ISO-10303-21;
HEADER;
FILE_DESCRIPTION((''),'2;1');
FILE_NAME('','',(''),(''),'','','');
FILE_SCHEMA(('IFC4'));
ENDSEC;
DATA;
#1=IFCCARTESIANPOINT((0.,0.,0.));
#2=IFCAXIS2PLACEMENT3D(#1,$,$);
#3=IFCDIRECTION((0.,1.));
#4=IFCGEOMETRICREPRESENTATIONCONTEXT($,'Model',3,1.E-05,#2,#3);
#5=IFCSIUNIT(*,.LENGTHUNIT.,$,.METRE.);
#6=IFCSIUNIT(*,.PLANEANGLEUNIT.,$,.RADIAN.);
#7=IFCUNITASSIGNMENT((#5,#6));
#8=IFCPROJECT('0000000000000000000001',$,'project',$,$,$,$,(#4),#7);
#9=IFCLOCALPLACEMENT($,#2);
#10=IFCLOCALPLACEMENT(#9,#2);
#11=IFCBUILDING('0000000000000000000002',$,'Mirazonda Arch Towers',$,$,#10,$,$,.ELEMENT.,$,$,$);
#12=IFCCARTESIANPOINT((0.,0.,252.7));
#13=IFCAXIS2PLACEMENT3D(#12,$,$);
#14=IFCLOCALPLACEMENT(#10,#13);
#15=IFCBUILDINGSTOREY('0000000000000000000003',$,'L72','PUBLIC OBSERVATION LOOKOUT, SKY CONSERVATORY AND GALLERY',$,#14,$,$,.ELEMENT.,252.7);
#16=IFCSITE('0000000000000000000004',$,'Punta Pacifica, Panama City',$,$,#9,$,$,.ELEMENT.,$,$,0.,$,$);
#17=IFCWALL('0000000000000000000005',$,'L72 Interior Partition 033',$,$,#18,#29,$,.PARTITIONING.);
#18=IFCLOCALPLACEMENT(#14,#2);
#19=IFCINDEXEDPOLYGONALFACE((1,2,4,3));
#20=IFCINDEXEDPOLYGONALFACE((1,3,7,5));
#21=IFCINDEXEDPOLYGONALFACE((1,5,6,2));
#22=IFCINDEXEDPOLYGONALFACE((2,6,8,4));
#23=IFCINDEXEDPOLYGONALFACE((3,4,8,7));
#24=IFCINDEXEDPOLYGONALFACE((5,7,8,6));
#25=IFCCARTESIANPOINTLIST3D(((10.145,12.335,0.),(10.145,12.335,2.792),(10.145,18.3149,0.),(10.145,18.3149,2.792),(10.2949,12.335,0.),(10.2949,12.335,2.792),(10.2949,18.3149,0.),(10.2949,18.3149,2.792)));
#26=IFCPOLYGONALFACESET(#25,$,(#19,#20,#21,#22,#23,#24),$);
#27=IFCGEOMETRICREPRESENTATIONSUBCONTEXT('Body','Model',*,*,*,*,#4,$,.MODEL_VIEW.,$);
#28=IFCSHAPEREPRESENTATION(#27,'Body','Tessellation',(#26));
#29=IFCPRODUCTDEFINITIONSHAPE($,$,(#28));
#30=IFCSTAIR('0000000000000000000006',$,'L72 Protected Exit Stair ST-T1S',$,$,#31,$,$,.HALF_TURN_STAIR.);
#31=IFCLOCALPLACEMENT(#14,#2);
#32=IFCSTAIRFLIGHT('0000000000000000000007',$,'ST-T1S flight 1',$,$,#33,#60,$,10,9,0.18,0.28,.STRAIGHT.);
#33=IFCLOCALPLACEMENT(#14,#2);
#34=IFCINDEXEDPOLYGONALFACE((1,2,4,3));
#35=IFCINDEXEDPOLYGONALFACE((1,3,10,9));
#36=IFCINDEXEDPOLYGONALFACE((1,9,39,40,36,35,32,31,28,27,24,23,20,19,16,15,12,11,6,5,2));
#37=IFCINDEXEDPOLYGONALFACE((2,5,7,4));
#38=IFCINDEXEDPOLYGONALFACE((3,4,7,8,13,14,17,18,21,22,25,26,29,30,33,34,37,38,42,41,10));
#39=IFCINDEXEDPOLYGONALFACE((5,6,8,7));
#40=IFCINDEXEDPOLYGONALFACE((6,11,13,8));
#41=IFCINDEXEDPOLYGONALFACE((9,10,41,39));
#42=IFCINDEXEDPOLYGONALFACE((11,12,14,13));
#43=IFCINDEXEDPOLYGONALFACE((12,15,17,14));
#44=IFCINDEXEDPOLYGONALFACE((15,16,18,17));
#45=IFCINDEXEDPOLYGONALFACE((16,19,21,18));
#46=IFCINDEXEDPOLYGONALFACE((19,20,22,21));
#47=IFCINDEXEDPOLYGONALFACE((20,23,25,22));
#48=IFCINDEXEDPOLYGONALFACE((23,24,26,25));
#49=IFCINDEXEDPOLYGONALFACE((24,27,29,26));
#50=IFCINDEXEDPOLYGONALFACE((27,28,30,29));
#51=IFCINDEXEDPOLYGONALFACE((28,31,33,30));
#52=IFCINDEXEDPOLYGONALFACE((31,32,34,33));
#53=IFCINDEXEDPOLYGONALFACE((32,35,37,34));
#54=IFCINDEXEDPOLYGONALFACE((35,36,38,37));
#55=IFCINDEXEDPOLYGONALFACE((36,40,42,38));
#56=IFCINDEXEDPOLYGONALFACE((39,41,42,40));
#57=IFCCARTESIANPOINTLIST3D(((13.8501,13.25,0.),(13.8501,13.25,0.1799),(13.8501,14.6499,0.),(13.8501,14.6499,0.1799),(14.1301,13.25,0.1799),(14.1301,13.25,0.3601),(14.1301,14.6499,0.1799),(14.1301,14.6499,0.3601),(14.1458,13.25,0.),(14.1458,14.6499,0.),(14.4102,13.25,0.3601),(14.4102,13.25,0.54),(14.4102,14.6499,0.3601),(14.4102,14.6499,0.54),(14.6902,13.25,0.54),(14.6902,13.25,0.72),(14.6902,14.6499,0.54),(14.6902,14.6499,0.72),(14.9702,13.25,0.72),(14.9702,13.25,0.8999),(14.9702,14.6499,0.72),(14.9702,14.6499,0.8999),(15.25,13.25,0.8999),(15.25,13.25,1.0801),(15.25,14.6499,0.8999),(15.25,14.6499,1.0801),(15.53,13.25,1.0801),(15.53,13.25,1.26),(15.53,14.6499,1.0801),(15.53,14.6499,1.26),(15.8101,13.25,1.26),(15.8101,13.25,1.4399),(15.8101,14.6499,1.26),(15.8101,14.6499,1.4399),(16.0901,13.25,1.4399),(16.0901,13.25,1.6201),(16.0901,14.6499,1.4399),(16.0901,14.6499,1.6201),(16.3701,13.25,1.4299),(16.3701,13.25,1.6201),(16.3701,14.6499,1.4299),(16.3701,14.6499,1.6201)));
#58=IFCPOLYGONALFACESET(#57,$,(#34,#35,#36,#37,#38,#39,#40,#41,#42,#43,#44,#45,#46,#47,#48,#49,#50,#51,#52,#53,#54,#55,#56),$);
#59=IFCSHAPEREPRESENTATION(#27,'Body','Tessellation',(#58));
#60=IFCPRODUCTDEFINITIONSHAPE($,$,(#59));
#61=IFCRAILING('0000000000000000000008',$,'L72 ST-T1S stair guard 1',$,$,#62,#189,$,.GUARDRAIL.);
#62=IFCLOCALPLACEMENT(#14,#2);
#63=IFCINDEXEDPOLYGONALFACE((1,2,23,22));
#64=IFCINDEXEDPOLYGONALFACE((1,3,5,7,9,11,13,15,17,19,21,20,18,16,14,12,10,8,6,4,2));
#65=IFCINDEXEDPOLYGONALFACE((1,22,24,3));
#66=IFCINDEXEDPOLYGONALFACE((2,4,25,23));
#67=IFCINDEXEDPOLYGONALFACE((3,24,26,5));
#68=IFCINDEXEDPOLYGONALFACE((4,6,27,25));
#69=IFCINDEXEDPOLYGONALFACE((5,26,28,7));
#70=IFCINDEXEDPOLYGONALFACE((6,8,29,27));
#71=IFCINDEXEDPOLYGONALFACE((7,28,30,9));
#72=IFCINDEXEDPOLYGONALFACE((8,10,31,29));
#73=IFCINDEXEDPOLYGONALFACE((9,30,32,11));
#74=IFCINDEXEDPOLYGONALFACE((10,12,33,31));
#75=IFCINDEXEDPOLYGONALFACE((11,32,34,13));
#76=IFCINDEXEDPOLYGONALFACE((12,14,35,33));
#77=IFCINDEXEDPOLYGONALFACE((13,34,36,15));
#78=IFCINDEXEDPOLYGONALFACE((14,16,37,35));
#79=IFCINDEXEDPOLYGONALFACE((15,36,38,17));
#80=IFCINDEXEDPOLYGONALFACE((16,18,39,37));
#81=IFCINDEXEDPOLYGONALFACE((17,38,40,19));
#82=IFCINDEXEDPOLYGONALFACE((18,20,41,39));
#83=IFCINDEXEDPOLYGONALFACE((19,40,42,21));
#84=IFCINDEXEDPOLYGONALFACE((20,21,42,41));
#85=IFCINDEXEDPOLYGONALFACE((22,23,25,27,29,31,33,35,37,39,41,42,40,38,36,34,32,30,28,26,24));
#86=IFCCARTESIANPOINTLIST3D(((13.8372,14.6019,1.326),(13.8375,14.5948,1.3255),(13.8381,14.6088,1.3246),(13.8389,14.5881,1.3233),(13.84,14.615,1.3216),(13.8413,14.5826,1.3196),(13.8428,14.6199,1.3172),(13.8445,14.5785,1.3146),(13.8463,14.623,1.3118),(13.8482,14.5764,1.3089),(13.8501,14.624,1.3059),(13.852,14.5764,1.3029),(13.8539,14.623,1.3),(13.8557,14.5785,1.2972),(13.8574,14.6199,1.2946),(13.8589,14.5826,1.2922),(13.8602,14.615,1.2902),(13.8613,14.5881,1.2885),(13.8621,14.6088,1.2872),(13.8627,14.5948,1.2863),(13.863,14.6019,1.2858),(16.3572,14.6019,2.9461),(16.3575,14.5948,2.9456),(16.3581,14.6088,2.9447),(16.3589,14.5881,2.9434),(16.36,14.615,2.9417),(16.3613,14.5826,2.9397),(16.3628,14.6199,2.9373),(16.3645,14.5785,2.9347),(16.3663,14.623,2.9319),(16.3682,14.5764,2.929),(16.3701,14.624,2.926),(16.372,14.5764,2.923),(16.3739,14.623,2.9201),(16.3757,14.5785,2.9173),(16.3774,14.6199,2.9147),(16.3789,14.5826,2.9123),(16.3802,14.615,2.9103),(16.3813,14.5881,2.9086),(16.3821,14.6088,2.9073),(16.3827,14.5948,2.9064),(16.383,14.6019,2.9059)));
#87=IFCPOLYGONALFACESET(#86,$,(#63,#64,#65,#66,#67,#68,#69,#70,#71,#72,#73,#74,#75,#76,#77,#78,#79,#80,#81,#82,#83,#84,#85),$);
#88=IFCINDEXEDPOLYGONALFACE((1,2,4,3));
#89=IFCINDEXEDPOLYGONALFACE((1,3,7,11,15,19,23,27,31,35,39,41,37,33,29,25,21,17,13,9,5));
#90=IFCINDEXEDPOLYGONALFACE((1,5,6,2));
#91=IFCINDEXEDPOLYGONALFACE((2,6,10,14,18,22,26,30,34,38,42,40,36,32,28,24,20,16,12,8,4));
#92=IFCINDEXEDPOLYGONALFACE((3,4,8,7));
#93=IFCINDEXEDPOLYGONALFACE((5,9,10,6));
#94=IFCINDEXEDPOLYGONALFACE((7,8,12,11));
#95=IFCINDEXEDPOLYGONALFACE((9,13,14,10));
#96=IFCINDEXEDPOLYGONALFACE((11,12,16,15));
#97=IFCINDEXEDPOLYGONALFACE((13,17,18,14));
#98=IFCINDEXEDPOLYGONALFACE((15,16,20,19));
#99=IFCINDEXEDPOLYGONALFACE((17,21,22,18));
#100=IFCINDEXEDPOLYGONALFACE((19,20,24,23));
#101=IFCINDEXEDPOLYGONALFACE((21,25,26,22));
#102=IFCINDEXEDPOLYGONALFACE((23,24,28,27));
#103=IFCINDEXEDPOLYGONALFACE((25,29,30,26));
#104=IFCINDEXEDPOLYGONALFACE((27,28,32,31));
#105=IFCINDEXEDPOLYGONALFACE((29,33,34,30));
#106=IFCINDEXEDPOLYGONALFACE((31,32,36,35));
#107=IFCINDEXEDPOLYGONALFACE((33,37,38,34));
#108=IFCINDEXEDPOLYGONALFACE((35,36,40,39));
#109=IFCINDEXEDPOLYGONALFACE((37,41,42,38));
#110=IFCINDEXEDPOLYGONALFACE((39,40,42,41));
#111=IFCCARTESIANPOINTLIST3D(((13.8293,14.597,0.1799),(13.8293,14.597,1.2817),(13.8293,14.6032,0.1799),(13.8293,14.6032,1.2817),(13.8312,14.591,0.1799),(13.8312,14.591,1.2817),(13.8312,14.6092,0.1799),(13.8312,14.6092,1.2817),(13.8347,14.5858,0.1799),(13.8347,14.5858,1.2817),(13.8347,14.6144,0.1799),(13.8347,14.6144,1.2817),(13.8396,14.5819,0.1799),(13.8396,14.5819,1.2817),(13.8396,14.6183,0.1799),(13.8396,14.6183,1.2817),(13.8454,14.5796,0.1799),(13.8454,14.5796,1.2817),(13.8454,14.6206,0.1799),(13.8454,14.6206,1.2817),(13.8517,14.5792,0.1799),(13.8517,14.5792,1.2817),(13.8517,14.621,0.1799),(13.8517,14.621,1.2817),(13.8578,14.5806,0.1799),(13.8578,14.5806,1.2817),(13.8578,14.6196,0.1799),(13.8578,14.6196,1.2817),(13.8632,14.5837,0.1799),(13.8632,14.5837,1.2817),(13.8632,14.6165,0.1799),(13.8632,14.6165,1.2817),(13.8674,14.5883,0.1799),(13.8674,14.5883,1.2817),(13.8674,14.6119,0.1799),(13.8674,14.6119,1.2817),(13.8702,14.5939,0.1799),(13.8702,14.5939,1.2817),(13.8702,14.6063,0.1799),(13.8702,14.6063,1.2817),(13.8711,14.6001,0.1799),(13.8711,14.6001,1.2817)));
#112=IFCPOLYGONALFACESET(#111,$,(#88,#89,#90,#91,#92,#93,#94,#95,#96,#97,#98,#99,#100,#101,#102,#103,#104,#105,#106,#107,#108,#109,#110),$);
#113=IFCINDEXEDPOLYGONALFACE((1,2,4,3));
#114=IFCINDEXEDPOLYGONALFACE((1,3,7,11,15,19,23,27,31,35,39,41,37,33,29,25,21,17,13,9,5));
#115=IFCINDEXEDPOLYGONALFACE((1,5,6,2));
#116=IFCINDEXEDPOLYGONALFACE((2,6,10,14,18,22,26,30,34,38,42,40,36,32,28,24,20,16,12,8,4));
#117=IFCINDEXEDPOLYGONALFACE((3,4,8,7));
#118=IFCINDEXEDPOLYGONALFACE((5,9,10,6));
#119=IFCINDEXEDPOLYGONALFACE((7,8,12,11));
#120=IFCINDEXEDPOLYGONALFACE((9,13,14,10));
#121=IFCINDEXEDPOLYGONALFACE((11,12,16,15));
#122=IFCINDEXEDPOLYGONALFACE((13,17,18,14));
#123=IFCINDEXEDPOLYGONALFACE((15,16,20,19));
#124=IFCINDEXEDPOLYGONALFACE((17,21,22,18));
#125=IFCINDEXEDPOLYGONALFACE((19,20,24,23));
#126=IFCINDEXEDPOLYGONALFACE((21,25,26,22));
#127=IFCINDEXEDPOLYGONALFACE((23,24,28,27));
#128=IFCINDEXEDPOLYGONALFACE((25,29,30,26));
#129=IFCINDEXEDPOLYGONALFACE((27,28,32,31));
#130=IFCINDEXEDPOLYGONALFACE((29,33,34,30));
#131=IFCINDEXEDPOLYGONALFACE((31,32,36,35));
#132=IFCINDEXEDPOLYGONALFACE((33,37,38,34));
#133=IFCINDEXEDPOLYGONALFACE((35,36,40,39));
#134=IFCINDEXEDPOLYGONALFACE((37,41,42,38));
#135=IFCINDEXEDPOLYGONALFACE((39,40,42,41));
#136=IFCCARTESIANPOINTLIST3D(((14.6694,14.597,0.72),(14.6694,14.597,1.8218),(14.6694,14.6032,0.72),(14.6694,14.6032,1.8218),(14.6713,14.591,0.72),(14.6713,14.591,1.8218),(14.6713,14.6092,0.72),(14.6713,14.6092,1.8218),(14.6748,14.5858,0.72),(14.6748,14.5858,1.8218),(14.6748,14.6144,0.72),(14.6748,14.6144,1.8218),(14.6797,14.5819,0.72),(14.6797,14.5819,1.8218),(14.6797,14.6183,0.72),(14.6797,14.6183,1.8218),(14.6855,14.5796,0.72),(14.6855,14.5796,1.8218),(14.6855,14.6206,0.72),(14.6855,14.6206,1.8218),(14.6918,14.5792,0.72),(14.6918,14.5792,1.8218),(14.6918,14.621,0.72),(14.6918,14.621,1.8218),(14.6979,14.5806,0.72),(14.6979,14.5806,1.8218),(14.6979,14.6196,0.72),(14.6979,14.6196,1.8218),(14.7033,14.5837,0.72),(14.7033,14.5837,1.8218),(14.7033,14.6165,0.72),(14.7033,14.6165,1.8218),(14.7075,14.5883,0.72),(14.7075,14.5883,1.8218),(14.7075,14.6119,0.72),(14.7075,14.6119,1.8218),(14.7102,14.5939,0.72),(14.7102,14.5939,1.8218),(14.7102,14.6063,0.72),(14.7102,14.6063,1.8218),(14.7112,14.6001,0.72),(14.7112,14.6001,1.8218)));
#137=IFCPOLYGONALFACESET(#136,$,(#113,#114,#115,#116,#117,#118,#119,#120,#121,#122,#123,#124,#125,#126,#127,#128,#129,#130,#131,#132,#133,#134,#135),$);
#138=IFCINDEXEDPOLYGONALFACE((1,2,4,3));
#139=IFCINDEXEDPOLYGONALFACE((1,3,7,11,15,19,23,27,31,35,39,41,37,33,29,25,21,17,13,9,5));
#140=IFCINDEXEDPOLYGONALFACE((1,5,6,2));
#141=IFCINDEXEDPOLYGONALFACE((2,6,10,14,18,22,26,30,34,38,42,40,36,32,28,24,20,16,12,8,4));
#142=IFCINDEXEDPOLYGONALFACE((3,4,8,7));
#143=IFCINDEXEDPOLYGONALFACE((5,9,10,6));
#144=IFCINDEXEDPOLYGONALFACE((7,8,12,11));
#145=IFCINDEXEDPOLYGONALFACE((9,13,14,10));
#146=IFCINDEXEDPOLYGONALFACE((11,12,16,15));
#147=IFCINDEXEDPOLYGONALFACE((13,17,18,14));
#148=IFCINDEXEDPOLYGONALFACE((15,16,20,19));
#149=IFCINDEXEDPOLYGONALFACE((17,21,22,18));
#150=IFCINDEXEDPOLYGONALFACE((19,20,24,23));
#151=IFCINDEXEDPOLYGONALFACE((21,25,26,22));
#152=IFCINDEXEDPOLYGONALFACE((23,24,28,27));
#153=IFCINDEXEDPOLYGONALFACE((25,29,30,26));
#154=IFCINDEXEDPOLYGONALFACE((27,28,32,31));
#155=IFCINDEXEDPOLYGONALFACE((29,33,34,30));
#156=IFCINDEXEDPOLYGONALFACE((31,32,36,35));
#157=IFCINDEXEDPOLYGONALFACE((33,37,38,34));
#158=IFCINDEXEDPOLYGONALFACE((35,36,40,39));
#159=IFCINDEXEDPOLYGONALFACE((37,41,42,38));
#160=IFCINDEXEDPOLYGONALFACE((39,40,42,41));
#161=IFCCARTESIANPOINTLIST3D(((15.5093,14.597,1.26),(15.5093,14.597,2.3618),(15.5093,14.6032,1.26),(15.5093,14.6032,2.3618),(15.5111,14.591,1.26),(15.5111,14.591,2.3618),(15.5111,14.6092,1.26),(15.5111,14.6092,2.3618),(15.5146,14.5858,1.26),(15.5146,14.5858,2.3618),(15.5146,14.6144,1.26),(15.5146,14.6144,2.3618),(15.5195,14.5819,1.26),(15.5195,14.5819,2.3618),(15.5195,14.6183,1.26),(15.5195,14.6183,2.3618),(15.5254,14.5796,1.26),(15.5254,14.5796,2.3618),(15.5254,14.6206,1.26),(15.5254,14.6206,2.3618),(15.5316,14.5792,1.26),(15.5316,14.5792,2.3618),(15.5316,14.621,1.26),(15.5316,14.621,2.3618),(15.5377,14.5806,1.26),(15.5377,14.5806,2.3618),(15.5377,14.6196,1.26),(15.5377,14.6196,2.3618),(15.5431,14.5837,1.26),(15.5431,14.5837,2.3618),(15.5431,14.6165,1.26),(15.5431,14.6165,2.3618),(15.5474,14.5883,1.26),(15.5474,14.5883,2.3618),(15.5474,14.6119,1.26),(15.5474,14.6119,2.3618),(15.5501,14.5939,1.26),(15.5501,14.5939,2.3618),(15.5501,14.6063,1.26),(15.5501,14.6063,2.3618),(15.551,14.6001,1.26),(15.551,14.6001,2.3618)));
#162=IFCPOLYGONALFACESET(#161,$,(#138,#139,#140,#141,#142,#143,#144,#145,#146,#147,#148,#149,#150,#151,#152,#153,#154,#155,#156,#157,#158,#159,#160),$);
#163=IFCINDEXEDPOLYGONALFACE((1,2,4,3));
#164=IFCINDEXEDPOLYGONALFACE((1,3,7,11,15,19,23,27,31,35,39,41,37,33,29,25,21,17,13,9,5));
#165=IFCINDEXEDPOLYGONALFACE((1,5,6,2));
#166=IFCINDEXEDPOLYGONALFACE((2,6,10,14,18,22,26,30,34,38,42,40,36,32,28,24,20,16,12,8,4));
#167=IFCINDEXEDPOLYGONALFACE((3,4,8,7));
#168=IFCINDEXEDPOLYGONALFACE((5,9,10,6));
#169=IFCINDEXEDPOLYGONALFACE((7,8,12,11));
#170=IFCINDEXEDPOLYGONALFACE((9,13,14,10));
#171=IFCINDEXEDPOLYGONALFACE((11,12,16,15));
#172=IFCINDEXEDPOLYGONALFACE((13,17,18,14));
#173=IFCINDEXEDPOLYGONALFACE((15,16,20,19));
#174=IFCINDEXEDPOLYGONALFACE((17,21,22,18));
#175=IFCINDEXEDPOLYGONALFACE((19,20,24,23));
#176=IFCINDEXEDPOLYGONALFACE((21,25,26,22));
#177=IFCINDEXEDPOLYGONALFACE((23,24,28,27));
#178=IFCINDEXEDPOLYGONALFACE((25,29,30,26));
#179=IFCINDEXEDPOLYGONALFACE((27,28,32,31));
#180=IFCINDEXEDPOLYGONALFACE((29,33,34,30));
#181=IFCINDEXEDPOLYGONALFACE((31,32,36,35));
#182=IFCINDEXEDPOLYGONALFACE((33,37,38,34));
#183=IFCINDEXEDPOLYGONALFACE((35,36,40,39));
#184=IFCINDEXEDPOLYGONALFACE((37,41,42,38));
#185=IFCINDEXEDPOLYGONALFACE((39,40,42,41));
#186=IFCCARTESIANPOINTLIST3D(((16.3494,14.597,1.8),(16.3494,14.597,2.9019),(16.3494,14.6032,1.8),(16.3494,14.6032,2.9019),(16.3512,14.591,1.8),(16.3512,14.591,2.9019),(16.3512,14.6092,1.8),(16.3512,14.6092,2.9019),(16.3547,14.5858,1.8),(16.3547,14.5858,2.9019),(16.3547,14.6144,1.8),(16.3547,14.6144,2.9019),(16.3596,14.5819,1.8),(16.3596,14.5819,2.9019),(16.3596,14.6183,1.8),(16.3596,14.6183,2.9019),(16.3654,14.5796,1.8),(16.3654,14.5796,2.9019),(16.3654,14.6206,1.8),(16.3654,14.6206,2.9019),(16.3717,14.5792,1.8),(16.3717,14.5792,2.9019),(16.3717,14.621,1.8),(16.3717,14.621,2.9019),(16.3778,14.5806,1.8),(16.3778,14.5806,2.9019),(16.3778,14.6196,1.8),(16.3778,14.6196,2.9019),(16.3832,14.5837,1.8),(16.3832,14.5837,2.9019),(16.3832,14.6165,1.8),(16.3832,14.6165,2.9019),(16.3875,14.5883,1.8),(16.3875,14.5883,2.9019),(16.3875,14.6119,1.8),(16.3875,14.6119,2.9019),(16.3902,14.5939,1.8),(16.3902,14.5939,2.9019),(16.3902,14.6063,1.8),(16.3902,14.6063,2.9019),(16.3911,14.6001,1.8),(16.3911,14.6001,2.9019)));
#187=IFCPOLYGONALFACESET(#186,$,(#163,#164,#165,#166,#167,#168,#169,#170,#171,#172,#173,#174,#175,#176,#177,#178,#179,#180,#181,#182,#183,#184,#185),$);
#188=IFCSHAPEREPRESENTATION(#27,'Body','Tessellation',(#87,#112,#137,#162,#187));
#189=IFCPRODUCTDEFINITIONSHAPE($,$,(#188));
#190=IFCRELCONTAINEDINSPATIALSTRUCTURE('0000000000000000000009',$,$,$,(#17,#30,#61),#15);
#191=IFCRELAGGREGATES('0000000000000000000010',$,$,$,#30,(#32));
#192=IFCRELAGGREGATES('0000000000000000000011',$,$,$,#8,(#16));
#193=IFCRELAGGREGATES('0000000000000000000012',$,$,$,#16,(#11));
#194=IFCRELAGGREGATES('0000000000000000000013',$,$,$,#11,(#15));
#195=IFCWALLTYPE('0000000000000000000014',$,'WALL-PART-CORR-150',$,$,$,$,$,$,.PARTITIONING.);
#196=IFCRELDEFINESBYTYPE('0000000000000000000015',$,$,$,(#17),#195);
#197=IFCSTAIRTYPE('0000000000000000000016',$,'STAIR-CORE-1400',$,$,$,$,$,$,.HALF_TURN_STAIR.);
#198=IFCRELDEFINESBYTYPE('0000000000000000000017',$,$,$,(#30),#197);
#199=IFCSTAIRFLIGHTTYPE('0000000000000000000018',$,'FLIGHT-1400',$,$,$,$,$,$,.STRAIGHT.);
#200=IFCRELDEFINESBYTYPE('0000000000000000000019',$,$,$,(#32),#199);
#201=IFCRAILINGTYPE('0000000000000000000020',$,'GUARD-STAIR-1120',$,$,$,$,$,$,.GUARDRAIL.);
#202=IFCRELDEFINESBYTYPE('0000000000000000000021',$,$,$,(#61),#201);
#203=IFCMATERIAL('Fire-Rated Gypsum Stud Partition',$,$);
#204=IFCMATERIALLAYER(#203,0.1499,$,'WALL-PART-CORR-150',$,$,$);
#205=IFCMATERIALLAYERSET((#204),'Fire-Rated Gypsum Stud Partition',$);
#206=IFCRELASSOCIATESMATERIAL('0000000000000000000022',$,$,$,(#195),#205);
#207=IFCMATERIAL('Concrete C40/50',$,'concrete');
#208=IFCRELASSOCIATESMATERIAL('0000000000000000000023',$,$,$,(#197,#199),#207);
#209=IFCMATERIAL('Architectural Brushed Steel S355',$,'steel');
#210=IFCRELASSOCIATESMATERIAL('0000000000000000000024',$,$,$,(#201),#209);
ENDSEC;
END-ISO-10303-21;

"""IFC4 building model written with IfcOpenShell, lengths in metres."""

from ifc_helpers import new_model, si_unit, direction, frame, frame_2d, origin, origin_2d, place, context, subcontext, project, spatial, polyline, rectangle, circle, outline, extrude, material, layer, layer_set, type_object, element, aggregate, save


model = new_model("IFC4")

# Units and contexts
model_context = context("Model", 3, precision=1e-05, world=origin(), true_north=direction((0.0, 1.0)))
body_context = subcontext(model_context, "Body", "Model", "MODEL_VIEW")
ifc_project = project(units=[si_unit("LENGTHUNIT", "METRE"), si_unit("PLANEANGLEUNIT", "RADIAN")], contexts=[model_context])

# Site, building, storey
site_placement = place(None, origin())
site = spatial("IfcSite", under=ifc_project, at=site_placement, Name="Punta Pacifica, Panama City", CompositionType="ELEMENT", RefElevation=0.0)
building_placement = place(site_placement, origin())
building = spatial("IfcBuilding", under=site, at=building_placement, Name="Mirazonda Arch Towers", CompositionType="ELEMENT")
storey_placement = place(building_placement, frame((0.0, 0.0, 252.7)))
storey = spatial("IfcBuildingStorey", under=building, at=storey_placement, Name="L72", Description="PUBLIC OBSERVATION LOOKOUT, SKY CONSERVATORY AND GALLERY", CompositionType="ELEMENT", Elevation=252.7)

# Wall
ifc_material_1 = material(Name="Fire-Rated Gypsum Stud Partition")
ifc_layer_1 = layer(ifc_material_1, 0.1499, Name="WALL-PART-CORR-150")
ifc_layer_set_1 = layer_set([ifc_layer_1], Name="Fire-Rated Gypsum Stud Partition")
wall_type_1 = type_object("IfcWallType", Name="WALL-PART-CORR-150", PredefinedType="PARTITIONING", material=ifc_layer_set_1)
wall_1_placement = place(storey_placement, frame((10.22, 12.335, 0.0), z_axis=(0.0, 0.0, 1.0), x_axis=(0.0, 1.0, 0.0)))
element("IfcWall", 1, at=wall_1_placement, inside=storey, type_object=wall_type_1, Name="L72 Interior Partition 033", PredefinedType="PARTITIONING", context=body_context, shape_type="SweptSolid", body=[
    extrude(rectangle(XDim=5.98, YDim=0.1499, at=frame_2d((2.99, 0.0))), origin(), (0.0, 0.0, 1.0), 2.792),
])

# Stair, stair flight
ifc_material_2 = material(Name="Concrete C40/50", Category="concrete")
stair_type = type_object("IfcStairType", Name="STAIR-CORE-1400", PredefinedType="HALF_TURN_STAIR", material=ifc_material_2)
stair_placement = place(storey_placement, origin())
stair = element("IfcStair", 2, at=stair_placement, inside=storey, type_object=stair_type, Name="L72 Protected Exit Stair ST-T1S", PredefinedType="HALF_TURN_STAIR")
stair_flight_type = type_object("IfcStairFlightType", Name="FLIGHT-1400", PredefinedType="STRAIGHT", material=ifc_material_2)
stair_flight_placement = place(storey_placement, frame((13.8501, 13.95, 0.0), z_axis=(0.0, 0.0, 1.0), x_axis=(1.0, 0.0, 0.0)))
stair_flight = element("IfcStairFlight", 3, at=stair_flight_placement, type_object=stair_flight_type, Name="ST-T1S flight 1", NumberOfRisers=10, NumberOfTreads=9, PredefinedType="STRAIGHT", RiserHeight=0.18, TreadLength=0.28, context=body_context, shape_type="SweptSolid", body=[
    extrude(outline(polyline([(0.0, 0.0), (0.0, 0.1799), (0.28, 0.1799), (0.28, 0.3601), (0.5601, 0.3601), (0.5601, 0.54), (0.8401, 0.54), (0.8401, 0.72), (1.1201, 0.72), (1.1201, 0.8999), (1.3999, 0.8999), (1.3999, 1.0801), (1.6799, 1.0801), (1.6799, 1.26), (1.96, 1.26), (1.96, 1.4399), (2.24, 1.4399), (2.24, 1.6201), (2.52, 1.6201), (2.52, 1.8), (2.52, 1.4299), (0.2957, 0.0), (0.0, 0.0)])), frame((0.0, 0.7, 0.0), z_axis=(0.0, -1.0, 0.0), x_axis=(1.0, 0.0, 0.0)), (0.0, 0.0, 1.0), 1.3999),
])
aggregate(stair, [stair_flight])

# Railing
ifc_material_3 = material(Name="Architectural Brushed Steel S355", Category="steel")
railing_type_1 = type_object("IfcRailingType", Name="GUARD-STAIR-1120", PredefinedType="GUARDRAIL", material=ifc_material_3)
railing_1_placement = place(storey_placement, frame((13.8501, 14.6001, 0.1799)))
element("IfcRailing", 4, at=railing_1_placement, inside=storey, type_object=railing_type_1, Name="L72 ST-T1S stair guard 1", PredefinedType="GUARDRAIL", context=body_context, shape_type="SweptSolid", body=[
    extrude(circle(Radius=0.0239, at=origin_2d()), frame((0.0, 0.0, 1.126), z_axis=(0.841163, 0.0, 0.540782), x_axis=(0.0, 1.0, 0.0)), (0.0, 0.0, 1.0), 2.9958),
    extrude(circle(Radius=0.021, at=origin_2d()), origin(), (0.0, 0.0, 1.0), 1.1018),
    extrude(circle(Radius=0.021, at=origin_2d()), frame((0.8401, 0.0, 0.54)), (0.0, 0.0, 1.0), 1.1018),
    extrude(circle(Radius=0.021, at=origin_2d()), frame((1.6799, 0.0, 1.0801)), (0.0, 0.0, 1.0), 1.1018),
    extrude(circle(Radius=0.021, at=origin_2d()), frame((2.52, 0.0, 1.6201)), (0.0, 0.0, 1.0), 1.1018),
])

save(model, "model.ifc")
